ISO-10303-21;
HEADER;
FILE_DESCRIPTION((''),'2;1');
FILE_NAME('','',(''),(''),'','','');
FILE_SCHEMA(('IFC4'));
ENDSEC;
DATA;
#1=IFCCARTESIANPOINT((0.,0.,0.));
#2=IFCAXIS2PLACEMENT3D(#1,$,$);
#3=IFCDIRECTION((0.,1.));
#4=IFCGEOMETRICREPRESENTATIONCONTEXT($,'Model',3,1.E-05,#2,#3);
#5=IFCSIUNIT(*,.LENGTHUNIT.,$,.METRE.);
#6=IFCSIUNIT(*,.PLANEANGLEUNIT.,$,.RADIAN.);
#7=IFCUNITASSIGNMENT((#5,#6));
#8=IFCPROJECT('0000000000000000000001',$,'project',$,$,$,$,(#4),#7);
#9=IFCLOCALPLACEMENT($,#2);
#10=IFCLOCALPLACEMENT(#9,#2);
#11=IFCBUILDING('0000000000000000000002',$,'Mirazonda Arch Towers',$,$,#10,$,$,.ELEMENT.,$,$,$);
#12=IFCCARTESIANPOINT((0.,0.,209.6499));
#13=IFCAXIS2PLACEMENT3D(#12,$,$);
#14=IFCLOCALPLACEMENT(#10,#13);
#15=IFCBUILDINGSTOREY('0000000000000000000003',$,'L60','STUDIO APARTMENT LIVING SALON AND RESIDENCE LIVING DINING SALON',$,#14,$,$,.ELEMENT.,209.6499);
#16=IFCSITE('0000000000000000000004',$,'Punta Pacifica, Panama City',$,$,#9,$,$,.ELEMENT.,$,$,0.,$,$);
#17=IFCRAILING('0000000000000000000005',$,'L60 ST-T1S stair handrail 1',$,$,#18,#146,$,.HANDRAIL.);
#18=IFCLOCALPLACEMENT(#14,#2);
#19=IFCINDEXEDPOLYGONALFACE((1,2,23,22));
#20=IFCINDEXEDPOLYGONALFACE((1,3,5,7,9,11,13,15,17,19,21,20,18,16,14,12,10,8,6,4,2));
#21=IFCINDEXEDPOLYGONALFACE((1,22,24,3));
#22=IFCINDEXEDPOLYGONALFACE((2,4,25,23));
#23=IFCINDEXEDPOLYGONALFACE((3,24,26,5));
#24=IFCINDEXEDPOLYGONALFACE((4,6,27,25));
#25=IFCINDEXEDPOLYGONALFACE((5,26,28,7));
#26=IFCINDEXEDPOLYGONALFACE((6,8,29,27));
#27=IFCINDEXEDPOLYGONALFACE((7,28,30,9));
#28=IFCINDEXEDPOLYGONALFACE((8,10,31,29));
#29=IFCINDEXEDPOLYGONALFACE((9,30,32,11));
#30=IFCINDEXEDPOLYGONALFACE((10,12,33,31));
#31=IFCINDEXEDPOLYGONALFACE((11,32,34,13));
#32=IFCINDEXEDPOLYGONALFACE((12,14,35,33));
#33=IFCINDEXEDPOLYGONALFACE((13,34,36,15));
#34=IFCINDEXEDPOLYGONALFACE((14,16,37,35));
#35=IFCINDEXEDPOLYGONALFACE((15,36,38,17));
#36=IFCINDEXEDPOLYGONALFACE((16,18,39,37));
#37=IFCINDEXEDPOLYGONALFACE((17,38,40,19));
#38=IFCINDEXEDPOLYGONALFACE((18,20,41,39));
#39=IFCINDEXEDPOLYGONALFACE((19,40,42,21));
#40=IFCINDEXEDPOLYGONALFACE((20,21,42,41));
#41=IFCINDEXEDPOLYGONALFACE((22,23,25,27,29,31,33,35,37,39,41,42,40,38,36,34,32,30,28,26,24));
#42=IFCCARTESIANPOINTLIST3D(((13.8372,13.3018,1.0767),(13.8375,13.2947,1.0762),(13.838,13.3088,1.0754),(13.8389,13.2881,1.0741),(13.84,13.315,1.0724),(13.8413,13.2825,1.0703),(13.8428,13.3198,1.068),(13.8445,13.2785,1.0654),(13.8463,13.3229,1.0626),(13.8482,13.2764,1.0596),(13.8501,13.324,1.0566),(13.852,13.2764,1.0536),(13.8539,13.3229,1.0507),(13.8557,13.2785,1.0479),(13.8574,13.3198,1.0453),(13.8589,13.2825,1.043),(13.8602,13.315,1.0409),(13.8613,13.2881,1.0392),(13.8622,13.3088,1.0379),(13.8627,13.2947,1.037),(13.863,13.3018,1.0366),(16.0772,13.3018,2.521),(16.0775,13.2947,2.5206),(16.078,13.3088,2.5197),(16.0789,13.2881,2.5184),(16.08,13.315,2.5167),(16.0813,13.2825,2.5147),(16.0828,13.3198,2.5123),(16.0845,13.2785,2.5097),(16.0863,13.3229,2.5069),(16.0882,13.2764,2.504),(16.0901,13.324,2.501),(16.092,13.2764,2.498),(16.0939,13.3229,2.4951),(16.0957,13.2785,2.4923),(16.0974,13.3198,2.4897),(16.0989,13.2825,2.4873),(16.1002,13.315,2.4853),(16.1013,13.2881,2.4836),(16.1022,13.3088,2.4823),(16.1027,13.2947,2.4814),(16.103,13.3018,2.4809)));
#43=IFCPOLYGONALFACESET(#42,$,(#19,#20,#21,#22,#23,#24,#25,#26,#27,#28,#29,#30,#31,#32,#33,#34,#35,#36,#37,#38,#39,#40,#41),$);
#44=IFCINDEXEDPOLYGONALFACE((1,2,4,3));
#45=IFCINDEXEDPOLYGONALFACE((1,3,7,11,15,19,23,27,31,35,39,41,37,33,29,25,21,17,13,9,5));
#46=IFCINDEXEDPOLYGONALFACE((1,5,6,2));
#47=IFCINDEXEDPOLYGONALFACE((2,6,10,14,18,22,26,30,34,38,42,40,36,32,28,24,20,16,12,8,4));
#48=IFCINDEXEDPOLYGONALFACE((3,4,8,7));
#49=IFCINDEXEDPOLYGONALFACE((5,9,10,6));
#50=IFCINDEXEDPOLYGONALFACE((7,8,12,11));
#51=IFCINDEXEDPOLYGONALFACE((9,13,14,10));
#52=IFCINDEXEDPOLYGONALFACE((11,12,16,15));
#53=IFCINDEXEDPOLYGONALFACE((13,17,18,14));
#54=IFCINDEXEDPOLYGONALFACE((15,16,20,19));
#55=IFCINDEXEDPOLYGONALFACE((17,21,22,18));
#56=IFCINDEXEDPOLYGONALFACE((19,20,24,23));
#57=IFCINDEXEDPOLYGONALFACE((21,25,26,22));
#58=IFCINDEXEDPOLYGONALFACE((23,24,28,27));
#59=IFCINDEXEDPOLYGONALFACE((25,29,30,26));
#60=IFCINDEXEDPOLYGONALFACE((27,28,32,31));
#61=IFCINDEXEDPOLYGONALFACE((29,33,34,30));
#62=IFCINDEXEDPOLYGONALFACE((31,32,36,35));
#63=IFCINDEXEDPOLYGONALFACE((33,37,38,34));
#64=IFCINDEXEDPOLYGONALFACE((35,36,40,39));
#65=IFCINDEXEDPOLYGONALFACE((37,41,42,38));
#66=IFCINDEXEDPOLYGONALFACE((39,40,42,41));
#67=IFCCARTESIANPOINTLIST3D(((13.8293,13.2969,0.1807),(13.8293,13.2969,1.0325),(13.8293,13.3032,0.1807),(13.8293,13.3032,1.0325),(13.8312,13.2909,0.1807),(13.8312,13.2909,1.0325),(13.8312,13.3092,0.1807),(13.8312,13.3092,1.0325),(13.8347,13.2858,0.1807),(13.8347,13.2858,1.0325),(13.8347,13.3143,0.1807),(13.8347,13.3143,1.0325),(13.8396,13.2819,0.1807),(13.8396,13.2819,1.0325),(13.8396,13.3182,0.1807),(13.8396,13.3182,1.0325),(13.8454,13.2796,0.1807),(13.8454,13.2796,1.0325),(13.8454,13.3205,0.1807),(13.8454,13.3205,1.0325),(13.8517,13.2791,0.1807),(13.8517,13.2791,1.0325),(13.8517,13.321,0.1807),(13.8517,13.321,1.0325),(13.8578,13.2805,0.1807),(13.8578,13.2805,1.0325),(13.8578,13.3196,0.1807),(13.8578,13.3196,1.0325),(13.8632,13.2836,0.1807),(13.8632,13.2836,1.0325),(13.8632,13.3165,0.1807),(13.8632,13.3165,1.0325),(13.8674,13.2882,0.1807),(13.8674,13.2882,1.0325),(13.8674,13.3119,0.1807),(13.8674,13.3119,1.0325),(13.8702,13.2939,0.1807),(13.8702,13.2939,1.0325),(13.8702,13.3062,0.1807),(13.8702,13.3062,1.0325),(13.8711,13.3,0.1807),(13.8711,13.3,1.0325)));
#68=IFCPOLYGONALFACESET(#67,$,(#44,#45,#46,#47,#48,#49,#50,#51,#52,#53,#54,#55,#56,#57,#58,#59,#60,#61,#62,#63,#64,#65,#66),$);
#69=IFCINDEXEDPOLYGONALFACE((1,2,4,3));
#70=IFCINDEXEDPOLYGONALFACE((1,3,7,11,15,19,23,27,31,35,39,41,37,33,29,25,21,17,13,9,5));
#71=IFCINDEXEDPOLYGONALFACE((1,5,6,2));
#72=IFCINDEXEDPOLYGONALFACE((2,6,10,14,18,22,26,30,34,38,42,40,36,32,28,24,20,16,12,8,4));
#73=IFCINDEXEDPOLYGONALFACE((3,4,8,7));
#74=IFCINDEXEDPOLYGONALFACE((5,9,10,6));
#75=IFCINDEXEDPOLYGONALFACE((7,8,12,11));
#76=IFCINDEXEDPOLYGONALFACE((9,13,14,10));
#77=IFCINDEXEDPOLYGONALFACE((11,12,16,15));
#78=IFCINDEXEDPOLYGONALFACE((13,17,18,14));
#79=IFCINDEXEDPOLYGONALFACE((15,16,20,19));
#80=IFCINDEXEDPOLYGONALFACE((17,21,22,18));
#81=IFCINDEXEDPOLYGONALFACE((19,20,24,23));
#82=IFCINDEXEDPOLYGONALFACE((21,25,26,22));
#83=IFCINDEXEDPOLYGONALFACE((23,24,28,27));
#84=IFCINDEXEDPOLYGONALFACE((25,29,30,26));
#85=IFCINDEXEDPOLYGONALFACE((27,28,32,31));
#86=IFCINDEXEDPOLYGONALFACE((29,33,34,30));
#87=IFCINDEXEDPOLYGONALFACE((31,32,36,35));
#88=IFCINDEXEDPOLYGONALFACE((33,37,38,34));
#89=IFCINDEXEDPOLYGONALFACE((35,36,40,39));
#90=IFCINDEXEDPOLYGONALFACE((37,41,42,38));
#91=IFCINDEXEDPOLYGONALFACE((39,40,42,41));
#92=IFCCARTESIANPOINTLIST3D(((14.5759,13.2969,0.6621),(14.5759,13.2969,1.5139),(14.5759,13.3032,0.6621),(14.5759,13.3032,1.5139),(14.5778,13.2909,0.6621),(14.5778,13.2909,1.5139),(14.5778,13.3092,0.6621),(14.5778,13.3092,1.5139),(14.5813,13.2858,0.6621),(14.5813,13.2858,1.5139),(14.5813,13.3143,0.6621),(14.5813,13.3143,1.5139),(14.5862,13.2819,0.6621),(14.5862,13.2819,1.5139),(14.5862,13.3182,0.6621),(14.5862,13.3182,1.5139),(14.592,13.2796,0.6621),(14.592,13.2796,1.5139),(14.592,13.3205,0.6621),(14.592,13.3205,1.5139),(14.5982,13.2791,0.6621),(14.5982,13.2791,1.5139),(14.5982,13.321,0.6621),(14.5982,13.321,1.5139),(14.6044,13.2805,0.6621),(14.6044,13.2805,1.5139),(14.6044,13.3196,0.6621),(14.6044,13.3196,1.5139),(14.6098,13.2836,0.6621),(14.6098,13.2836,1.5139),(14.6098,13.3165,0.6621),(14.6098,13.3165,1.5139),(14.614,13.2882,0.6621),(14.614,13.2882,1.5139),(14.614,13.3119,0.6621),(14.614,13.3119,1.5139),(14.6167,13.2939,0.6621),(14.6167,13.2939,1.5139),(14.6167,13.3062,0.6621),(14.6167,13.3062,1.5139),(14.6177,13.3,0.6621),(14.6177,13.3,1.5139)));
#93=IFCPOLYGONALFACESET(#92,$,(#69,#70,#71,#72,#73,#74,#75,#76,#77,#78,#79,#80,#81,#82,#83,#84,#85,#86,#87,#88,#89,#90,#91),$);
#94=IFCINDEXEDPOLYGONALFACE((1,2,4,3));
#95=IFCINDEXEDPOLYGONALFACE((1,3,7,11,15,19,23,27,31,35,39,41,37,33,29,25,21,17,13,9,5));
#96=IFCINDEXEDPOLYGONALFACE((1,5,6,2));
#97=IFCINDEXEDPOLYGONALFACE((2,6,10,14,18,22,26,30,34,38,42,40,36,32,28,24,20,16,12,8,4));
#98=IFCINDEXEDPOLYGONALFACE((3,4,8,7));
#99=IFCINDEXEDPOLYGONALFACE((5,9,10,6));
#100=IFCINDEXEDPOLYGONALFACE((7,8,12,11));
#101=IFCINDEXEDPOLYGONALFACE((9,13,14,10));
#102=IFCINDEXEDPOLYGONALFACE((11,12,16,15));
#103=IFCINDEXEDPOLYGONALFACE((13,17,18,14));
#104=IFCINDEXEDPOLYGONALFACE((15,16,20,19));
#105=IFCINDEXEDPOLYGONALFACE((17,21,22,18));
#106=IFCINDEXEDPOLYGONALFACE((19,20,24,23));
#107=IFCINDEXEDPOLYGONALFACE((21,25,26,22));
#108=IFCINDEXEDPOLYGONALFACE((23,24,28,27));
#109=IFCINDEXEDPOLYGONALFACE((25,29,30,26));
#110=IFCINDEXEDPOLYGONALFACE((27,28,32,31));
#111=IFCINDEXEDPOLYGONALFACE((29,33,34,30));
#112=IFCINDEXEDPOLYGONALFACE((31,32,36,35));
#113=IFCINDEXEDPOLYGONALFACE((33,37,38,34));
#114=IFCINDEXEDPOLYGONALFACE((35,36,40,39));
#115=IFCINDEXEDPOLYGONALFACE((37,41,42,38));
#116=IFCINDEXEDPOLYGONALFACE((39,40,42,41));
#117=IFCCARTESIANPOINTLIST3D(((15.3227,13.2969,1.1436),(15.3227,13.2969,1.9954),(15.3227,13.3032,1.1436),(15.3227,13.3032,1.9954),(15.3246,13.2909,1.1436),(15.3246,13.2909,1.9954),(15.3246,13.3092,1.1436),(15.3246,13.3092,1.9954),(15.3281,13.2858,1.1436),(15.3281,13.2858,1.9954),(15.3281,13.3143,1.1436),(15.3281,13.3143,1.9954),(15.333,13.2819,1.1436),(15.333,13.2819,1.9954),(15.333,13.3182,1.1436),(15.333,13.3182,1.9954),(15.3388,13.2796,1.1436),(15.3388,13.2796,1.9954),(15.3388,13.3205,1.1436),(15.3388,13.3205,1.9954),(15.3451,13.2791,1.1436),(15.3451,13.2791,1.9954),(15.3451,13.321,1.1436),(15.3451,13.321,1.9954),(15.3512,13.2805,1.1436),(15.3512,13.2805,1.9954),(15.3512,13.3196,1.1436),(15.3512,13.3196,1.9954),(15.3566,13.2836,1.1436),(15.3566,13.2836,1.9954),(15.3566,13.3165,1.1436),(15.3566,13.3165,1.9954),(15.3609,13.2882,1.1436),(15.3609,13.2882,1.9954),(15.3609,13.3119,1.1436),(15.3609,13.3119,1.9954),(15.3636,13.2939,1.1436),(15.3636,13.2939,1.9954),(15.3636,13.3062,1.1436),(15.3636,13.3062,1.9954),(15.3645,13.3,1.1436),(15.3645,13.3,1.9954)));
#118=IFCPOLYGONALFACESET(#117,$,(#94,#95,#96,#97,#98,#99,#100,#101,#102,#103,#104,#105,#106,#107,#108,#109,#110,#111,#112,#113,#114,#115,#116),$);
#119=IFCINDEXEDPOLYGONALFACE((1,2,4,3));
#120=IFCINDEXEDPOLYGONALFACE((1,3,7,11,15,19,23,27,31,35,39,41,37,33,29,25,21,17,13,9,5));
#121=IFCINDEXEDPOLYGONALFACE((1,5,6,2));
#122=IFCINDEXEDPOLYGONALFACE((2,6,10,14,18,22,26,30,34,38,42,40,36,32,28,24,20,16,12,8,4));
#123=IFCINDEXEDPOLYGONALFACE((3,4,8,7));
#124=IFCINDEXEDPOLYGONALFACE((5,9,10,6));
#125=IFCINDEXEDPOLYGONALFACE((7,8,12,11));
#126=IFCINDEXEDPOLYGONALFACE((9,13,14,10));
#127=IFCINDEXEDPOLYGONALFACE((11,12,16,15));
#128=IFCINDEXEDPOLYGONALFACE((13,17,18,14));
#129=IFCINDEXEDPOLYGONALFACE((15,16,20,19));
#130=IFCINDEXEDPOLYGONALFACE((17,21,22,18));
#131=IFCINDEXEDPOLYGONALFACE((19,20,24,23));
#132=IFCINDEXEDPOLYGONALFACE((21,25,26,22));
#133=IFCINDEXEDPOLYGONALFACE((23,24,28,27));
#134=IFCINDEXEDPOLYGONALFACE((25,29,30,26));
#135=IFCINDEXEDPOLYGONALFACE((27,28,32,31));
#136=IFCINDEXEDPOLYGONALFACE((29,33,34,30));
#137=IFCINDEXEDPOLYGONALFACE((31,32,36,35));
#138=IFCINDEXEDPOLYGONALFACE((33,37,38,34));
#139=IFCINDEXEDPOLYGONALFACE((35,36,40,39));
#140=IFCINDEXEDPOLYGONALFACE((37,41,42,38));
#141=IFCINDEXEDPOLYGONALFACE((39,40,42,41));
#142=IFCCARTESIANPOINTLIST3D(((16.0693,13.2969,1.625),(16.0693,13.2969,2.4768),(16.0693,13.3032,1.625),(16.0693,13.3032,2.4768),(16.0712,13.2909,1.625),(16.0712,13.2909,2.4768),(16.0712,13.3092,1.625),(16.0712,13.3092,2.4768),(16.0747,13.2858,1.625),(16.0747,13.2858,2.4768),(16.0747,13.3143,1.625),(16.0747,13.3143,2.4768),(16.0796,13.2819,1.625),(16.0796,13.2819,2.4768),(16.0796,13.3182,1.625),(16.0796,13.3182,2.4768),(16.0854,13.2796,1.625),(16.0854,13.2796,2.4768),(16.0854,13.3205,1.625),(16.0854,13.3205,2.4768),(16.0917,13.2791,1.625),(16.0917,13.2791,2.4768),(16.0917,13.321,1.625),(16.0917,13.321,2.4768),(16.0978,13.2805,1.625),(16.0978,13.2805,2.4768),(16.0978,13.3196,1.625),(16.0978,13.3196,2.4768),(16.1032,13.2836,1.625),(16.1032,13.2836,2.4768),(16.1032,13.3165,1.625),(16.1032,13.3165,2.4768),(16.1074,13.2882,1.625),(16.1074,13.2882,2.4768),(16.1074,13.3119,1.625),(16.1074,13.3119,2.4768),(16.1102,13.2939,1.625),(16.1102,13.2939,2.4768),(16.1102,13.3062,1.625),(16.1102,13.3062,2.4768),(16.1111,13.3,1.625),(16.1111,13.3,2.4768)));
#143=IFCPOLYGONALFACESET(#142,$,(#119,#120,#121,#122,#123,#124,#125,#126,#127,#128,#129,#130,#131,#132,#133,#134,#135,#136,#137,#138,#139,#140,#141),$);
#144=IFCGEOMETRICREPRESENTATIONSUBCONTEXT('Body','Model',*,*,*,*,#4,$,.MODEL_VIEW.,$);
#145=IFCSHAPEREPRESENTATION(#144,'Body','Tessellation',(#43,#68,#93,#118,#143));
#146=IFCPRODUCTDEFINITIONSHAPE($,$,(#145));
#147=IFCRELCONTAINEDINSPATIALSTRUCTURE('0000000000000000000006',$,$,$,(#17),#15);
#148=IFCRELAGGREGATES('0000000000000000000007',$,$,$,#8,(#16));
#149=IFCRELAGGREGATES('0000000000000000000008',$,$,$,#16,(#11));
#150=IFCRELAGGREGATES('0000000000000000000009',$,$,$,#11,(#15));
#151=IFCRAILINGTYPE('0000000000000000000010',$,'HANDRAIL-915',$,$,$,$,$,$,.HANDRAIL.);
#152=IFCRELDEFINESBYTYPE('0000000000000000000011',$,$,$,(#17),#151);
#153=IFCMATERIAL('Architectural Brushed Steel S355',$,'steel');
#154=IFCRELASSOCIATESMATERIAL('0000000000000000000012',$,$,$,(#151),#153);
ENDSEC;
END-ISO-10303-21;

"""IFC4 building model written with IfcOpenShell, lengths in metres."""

from ifc_helpers import new_model, si_unit, direction, frame, origin, origin_2d, place, context, subcontext, project, spatial, circle, extrude, material, type_object, element, save


model = new_model("IFC4")

# Units and contexts
model_context = context("Model", 3, precision=1e-05, world=origin(), true_north=direction((0.0, 1.0)))
body_context = subcontext(model_context, "Body", "Model", "MODEL_VIEW")
ifc_project = project(units=[si_unit("LENGTHUNIT", "METRE"), si_unit("PLANEANGLEUNIT", "RADIAN")], contexts=[model_context])

# Site, building, storey
site_placement = place(None, origin())
site = spatial("IfcSite", under=ifc_project, at=site_placement, Name="Punta Pacifica, Panama City", CompositionType="ELEMENT", RefElevation=0.0)
building_placement = place(site_placement, origin())
building = spatial("IfcBuilding", under=site, at=building_placement, Name="Mirazonda Arch Towers", CompositionType="ELEMENT")
storey_placement = place(building_placement, frame((0.0, 0.0, 209.6499)))
storey = spatial("IfcBuildingStorey", under=building, at=storey_placement, Name="L60", Description="STUDIO APARTMENT LIVING SALON AND RESIDENCE LIVING DINING SALON", CompositionType="ELEMENT", Elevation=209.6499)

# Shared definitions
ifc_material_1 = material(Name="Architectural Brushed Steel S355", Category="steel")

# Railing
railing_type_1 = type_object("IfcRailingType", Name="HANDRAIL-915", PredefinedType="HANDRAIL", material=ifc_material_1)
railing_1_placement = place(storey_placement, frame((13.8501, 13.3, 0.1807)))
element("IfcRailing", 1, at=railing_1_placement, inside=storey, type_object=railing_type_1, Name="L60 ST-T1S stair handrail 1", PredefinedType="HANDRAIL", context=body_context, shape_type="SweptSolid", body=[
    extrude(circle(Radius=0.0239, at=origin_2d()), frame((0.0, 0.0, 0.876), z_axis=(0.840437, 0.0, 0.54191), x_axis=(0.0, 1.0, 0.0)), (0.0, 0.0, 1.0), 2.6653),
    extrude(circle(Radius=0.021, at=origin_2d()), origin(), (0.0, 0.0, 1.0), 0.8518),
    extrude(circle(Radius=0.021, at=origin_2d()), frame((0.7466, 0.0, 0.4814)), (0.0, 0.0, 1.0), 0.8518),
    extrude(circle(Radius=0.021, at=origin_2d()), frame((1.4934, 0.0, 0.9629)), (0.0, 0.0, 1.0), 0.8518),
    extrude(circle(Radius=0.021, at=origin_2d()), frame((2.24, 0.0, 1.4443)), (0.0, 0.0, 1.0), 0.8518),
])

save(model, "model.ifc")
